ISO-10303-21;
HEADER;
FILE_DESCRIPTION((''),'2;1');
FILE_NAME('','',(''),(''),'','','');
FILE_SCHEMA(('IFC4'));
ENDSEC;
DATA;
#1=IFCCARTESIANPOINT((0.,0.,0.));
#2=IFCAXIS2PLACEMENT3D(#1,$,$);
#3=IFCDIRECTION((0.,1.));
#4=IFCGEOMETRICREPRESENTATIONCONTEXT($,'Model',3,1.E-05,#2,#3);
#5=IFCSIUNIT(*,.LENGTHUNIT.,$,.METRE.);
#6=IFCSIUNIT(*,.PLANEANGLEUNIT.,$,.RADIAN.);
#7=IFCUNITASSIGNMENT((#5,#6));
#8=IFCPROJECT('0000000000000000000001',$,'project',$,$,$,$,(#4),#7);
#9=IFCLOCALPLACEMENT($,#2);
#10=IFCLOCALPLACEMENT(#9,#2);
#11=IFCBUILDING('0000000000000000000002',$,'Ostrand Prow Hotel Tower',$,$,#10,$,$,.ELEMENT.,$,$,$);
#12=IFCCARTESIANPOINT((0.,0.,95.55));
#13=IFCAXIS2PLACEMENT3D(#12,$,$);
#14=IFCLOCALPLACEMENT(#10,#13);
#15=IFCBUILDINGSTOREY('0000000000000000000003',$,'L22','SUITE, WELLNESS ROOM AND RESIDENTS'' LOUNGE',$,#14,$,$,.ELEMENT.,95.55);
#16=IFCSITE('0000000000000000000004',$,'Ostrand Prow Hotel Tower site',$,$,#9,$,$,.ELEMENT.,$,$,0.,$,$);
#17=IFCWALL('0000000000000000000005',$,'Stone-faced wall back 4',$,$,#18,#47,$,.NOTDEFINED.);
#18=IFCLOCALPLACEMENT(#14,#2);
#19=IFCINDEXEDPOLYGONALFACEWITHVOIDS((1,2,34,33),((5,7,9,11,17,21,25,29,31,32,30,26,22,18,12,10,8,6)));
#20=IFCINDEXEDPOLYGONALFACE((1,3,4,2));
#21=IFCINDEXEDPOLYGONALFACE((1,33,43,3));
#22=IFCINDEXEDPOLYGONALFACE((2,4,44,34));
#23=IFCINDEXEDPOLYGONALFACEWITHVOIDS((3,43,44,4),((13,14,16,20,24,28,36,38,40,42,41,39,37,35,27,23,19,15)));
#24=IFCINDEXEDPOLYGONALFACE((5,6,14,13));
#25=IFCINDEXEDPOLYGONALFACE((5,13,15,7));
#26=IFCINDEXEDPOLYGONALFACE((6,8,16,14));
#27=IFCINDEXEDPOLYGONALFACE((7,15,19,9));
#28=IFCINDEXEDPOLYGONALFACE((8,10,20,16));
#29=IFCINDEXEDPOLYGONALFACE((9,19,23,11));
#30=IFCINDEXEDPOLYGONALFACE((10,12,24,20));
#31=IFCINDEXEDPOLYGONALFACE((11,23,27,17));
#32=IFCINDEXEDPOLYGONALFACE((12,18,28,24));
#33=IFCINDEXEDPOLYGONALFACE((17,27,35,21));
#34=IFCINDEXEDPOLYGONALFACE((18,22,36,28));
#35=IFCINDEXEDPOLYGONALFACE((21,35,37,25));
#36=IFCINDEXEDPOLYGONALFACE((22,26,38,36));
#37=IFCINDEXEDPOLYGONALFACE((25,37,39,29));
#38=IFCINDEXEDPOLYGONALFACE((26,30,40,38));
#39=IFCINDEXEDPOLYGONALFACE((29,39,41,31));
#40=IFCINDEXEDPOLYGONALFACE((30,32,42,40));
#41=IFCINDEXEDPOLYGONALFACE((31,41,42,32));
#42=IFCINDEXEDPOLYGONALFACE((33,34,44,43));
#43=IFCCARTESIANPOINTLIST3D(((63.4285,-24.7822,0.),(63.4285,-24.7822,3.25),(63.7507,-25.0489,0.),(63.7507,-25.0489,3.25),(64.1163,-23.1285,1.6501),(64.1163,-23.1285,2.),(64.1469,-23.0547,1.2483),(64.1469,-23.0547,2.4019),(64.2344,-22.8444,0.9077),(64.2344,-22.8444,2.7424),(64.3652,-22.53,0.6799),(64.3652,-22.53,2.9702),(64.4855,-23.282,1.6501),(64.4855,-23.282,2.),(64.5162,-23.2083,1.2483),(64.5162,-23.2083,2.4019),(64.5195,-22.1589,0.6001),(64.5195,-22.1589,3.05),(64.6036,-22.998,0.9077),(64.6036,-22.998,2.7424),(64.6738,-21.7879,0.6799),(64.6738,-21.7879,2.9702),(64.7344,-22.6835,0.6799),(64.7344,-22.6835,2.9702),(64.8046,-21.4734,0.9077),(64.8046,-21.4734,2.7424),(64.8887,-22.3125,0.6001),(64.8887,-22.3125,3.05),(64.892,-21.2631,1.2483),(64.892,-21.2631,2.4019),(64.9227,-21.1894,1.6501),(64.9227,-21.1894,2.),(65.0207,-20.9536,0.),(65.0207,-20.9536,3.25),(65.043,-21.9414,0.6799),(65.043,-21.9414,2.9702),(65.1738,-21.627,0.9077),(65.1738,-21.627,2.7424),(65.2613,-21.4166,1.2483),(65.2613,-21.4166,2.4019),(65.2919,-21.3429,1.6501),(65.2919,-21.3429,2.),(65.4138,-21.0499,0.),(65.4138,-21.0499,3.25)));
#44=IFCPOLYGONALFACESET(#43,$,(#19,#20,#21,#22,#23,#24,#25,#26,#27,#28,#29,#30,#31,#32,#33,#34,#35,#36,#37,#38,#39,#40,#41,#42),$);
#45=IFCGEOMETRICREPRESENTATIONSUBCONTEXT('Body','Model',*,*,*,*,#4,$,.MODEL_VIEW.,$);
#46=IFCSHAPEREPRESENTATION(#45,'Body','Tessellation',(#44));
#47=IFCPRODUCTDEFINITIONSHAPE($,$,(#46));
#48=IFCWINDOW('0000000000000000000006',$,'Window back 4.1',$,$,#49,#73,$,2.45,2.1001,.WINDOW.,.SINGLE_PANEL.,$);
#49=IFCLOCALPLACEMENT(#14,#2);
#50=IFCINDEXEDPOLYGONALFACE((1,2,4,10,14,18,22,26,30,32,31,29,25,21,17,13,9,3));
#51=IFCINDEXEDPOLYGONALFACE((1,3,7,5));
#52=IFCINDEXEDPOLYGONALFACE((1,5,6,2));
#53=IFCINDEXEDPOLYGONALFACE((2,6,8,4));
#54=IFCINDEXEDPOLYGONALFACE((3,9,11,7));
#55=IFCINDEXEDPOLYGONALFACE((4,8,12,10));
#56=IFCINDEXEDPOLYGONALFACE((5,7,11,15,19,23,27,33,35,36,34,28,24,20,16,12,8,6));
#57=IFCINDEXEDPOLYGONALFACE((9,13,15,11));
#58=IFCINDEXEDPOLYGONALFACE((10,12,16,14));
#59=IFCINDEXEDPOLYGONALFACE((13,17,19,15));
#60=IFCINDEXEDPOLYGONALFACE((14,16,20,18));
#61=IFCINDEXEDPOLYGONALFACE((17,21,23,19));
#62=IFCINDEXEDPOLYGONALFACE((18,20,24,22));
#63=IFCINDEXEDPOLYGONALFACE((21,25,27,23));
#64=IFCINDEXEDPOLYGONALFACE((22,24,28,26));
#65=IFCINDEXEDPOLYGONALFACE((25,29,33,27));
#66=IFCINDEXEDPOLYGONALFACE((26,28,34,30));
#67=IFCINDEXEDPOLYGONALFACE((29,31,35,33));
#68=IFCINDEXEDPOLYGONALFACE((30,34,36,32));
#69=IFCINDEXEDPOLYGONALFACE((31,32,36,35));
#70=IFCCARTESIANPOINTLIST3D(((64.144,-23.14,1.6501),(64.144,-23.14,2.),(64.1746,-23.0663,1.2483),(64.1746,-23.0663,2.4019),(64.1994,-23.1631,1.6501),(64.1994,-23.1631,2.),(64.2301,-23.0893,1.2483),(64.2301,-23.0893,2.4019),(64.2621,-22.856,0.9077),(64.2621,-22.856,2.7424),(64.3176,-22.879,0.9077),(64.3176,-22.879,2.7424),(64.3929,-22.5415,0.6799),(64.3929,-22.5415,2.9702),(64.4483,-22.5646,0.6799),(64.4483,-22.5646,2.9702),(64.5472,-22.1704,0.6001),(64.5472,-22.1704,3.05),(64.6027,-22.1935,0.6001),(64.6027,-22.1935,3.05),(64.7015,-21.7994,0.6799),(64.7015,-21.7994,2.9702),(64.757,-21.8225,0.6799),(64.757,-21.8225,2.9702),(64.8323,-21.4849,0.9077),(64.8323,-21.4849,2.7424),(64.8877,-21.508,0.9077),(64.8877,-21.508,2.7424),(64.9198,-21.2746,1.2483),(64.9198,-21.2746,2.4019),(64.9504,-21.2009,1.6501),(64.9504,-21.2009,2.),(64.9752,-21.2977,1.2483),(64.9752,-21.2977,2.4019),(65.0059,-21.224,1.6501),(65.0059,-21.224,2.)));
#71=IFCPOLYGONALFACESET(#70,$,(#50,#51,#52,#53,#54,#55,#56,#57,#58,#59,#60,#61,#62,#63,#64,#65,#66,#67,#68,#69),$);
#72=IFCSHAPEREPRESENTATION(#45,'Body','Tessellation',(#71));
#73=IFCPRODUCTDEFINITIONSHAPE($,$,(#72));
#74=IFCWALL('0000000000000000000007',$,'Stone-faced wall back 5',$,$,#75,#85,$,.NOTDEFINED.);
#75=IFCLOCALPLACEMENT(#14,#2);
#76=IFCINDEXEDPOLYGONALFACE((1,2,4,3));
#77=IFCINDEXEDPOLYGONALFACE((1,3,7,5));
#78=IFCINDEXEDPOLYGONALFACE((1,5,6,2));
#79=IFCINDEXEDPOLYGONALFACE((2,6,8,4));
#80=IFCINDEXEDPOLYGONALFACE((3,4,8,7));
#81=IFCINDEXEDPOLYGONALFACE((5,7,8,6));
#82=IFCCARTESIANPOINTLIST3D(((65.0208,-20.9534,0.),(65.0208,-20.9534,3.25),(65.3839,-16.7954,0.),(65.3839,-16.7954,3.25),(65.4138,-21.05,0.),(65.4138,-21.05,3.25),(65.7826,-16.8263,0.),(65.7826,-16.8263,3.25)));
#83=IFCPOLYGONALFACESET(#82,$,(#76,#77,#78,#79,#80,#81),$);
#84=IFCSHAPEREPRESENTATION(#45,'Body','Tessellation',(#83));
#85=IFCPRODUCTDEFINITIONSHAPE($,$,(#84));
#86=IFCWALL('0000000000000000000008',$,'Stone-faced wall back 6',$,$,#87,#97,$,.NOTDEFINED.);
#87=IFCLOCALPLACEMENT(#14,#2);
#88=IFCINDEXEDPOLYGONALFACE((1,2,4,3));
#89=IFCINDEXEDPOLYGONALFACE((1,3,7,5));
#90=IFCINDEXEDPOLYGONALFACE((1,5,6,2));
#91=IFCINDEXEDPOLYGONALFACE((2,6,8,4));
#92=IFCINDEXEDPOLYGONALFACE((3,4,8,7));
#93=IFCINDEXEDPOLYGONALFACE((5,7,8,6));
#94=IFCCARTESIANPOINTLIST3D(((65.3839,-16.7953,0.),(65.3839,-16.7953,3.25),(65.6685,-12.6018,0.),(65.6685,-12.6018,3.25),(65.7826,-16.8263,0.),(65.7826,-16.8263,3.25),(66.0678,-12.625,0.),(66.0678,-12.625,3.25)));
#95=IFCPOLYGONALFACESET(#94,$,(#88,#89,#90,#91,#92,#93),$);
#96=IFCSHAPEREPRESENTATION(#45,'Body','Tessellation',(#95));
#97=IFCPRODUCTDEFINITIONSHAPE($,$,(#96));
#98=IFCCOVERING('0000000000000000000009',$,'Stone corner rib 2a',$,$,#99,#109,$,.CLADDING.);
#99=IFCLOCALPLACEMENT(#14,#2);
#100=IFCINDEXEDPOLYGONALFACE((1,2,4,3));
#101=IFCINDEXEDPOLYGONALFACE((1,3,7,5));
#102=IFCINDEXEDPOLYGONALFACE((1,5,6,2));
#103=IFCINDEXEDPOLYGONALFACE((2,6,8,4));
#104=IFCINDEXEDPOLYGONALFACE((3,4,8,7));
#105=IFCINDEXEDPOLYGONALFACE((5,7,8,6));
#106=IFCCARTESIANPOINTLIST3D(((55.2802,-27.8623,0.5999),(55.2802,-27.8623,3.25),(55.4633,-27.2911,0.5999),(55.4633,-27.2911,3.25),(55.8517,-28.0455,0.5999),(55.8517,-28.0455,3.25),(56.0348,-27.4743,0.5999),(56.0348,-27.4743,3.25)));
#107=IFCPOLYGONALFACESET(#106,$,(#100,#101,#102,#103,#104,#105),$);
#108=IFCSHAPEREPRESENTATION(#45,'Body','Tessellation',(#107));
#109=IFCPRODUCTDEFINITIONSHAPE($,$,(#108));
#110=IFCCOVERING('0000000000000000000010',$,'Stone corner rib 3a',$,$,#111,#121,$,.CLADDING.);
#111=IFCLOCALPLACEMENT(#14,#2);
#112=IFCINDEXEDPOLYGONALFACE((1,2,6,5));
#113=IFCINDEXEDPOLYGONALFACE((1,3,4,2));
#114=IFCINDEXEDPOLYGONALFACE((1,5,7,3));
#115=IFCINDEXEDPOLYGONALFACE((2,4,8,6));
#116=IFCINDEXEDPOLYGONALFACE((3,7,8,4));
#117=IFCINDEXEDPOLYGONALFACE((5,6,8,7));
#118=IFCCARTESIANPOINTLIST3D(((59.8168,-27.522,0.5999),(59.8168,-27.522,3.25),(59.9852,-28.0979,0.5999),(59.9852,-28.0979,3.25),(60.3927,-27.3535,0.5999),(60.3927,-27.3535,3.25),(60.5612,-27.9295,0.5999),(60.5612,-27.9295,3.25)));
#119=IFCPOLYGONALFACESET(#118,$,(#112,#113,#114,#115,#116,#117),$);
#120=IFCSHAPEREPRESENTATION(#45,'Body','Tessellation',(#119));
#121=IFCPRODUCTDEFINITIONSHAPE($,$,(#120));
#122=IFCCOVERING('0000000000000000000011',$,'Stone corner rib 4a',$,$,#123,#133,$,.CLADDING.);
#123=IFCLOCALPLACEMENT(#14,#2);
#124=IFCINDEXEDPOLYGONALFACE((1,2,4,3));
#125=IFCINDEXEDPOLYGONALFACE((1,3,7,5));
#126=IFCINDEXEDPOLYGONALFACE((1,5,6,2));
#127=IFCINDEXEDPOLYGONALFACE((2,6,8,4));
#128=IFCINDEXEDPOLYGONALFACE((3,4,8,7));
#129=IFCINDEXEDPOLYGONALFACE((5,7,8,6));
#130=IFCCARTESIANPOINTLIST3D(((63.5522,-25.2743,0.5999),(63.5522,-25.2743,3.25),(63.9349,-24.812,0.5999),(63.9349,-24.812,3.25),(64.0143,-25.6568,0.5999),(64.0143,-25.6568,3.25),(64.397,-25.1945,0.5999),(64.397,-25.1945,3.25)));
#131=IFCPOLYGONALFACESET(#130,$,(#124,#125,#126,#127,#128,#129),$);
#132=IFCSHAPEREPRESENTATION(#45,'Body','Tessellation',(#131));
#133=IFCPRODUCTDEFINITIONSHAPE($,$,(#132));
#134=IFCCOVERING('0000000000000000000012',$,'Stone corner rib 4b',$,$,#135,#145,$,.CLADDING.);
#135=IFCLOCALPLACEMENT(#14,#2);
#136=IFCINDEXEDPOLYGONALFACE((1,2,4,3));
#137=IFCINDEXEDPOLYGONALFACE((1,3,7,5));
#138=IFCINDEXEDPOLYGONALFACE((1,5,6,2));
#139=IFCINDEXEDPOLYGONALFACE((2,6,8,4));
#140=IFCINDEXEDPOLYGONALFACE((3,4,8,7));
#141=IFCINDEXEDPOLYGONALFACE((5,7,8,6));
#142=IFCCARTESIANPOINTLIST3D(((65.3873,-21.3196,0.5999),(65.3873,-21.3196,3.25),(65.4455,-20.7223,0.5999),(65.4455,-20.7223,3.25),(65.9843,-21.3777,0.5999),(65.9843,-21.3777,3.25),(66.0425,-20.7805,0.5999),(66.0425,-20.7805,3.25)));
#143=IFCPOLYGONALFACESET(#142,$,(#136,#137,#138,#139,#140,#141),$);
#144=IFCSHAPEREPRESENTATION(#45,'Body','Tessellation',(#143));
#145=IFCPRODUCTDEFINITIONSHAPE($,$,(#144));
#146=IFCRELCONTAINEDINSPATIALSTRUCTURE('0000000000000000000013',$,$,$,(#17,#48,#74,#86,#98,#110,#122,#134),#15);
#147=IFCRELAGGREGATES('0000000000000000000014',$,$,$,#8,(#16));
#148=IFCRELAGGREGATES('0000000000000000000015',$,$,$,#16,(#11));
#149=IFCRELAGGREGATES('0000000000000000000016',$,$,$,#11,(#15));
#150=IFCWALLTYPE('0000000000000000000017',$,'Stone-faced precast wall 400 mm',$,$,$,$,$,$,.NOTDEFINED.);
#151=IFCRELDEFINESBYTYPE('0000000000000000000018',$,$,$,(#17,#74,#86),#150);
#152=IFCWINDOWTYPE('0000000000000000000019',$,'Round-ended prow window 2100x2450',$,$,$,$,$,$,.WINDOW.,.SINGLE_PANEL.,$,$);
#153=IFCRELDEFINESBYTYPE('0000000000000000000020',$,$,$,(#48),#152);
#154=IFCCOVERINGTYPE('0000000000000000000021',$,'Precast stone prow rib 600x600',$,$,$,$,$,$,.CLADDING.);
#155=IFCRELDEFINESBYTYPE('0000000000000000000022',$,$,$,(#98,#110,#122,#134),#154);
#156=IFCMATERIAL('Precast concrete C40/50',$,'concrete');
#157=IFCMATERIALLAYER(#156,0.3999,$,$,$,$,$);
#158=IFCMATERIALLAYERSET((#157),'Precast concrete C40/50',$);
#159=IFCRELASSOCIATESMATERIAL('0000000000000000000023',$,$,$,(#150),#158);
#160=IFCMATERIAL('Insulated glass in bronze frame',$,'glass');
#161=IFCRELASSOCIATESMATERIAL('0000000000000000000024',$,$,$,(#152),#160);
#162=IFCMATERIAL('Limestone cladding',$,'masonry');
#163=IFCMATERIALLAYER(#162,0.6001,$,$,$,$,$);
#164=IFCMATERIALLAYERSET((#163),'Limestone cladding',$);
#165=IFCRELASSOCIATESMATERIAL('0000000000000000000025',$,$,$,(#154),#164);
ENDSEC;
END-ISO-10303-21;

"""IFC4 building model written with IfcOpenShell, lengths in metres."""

from ifc_helpers import new_model, si_unit, direction, frame, frame_2d, origin, place, context, subcontext, project, spatial, polyline, rectangle, outline, extrude, material, layer, layer_set, type_object, element, fill, save


model = new_model("IFC4")

# Units and contexts
model_context = context("Model", 3, precision=1e-05, world=origin(), true_north=direction((0.0, 1.0)))
body_context = subcontext(model_context, "Body", "Model", "MODEL_VIEW")
ifc_project = project(units=[si_unit("LENGTHUNIT", "METRE"), si_unit("PLANEANGLEUNIT", "RADIAN")], contexts=[model_context])

# Site, building, storey
site_placement = place(None, origin())
site = spatial("IfcSite", under=ifc_project, at=site_placement, Name="Ostrand Prow Hotel Tower site", CompositionType="ELEMENT", RefElevation=0.0)
building_placement = place(site_placement, origin())
building = spatial("IfcBuilding", under=site, at=building_placement, Name="Ostrand Prow Hotel Tower", CompositionType="ELEMENT")
storey_placement = place(building_placement, frame((0.0, 0.0, 95.55)))
storey = spatial("IfcBuildingStorey", under=building, at=storey_placement, Name="L22", Description="SUITE, WELLNESS ROOM AND RESIDENTS' LOUNGE", CompositionType="ELEMENT", Elevation=95.55)

# Wall, opening, window
ifc_material_1 = material(Name="Precast concrete C40/50", Category="concrete")
ifc_layer_1 = layer(ifc_material_1, 0.3999)
ifc_layer_set_1 = layer_set([ifc_layer_1], Name="Precast concrete C40/50")
wall_type_1 = type_object("IfcWallType", Name="Stone-faced precast wall 400 mm", PredefinedType="NOTDEFINED", material=ifc_layer_set_1)
wall_1_placement = place(storey_placement, frame((63.5896, -24.9155, 0.0), z_axis=(0.0, 0.0, 1.0), x_axis=(0.383998, 0.923334, 0.0)))
wall_1 = element("IfcWall", 1, at=wall_1_placement, inside=storey, type_object=wall_type_1, Name="Stone-faced wall back 4", PredefinedType="NOTDEFINED", context=body_context, shape_type="SweptSolid", body=[
    extrude(outline(polyline([(-0.0613, -0.2), (4.2698, -0.2), (4.2078, 0.2), (0.0613, 0.2), (-0.0613, -0.2)])), origin(), (0.0, 0.0, 1.0), 3.25),
])
opening_1_placement = place(wall_1_placement, frame((1.8523, 0.0, 0.6001)))
opening_1 = element("IfcOpeningElement", 2, at=opening_1_placement, cuts=wall_1, PredefinedType="OPENING", context=body_context, shape_type="SweptSolid", body=[
    extrude(outline(polyline([(0.0, 1.3999), (0.0798, 1.8018), (0.3076, 2.1423), (0.6482, 2.3701), (1.05, 2.45), (1.4519, 2.3701), (1.7925, 2.1423), (2.0203, 1.8018), (2.1001, 1.3999), (2.1001, 1.05), (2.0203, 0.6482), (1.7925, 0.3076), (1.4519, 0.0798), (1.05, 0.0), (0.6482, 0.0798), (0.3076, 0.3076), (0.0798, 0.6482), (0.0, 1.05), (0.0, 1.3999)])), frame((0.0, 0.21, 0.0), z_axis=(0.0, -1.0, 0.0), x_axis=(1.0, 0.0, 0.0)), (0.0, 0.0, 1.0), 0.4199),
])
ifc_material_2 = material(Name="Insulated glass in bronze frame", Category="glass")
window_type_1 = type_object("IfcWindowType", Name="Round-ended prow window 2100x2450", PartitioningType="SINGLE_PANEL", PredefinedType="WINDOW", material=ifc_material_2)
window_1_placement = place(opening_1_placement, origin())
window_1 = element("IfcWindow", 3, at=window_1_placement, inside=storey, type_object=window_type_1, Name="Window back 4.1", OverallHeight=2.45, OverallWidth=2.1001, PartitioningType="SINGLE_PANEL", PredefinedType="WINDOW", context=body_context, shape_type="SweptSolid", body=[
    extrude(outline(polyline([(0.0, 1.3999), (0.0798, 1.8018), (0.3076, 2.1423), (0.6482, 2.3701), (1.05, 2.45), (1.4519, 2.3701), (1.7925, 2.1423), (2.0203, 1.8018), (2.1001, 1.3999), (2.1001, 1.05), (2.0203, 0.6482), (1.7925, 0.3076), (1.4519, 0.0798), (1.05, 0.0), (0.6482, 0.0798), (0.3076, 0.3076), (0.0798, 0.6482), (0.0, 1.05), (0.0, 1.3999)])), frame((0.0, 0.1699, 0.0), z_axis=(0.0, -1.0, 0.0), x_axis=(1.0, 0.0, 0.0)), (0.0, 0.0, 1.0), 0.0601),
])
fill(opening_1, window_1)

# Walls
wall_2_placement = place(storey_placement, frame((65.2173, -21.0017, 0.0), z_axis=(0.0, 0.0, 1.0), x_axis=(0.086993, 0.996209, 0.0)))
element("IfcWall", 4, at=wall_2_placement, inside=storey, type_object=wall_type_1, Name="Stone-faced wall back 5", PredefinedType="NOTDEFINED", context=body_context, shape_type="SweptSolid", body=[
    extrude(outline(polyline([(-0.031, -0.2), (4.2087, -0.2), (4.2048, 0.2), (0.031, 0.2), (-0.031, -0.2)])), origin(), (0.0, 0.0, 1.0), 3.25),
])
wall_3_placement = place(storey_placement, frame((65.5833, -16.8108, 0.0), z_axis=(0.0, 0.0, 1.0), x_axis=(0.067725, 0.997704, 0.0)))
element("IfcWall", 5, at=wall_3_placement, inside=storey, type_object=wall_type_1, Name="Stone-faced wall back 6", PredefinedType="NOTDEFINED", context=body_context, shape_type="SweptSolid", body=[
    extrude(outline(polyline([(-0.002, -0.2), (4.209, -0.2), (4.2051, 0.2), (0.002, 0.2), (-0.002, -0.2)])), origin(), (0.0, 0.0, 1.0), 3.25),
])

# Coverings
ifc_material_3 = material(Name="Limestone cladding", Category="masonry")
ifc_layer_2 = layer(ifc_material_3, 0.6001)
ifc_layer_set_2 = layer_set([ifc_layer_2], Name="Limestone cladding")
covering_type = type_object("IfcCoveringType", Name="Precast stone prow rib 600x600", PredefinedType="CLADDING", material=ifc_layer_set_2)
covering_1_placement = place(storey_placement, frame((55.749, -27.3828, 0.5999), z_axis=(0.0, 0.0, 1.0), x_axis=(-0.305219, -0.952282, 0.0)))
element("IfcCovering", 6, at=covering_1_placement, inside=storey, type_object=covering_type, Name="Stone corner rib 2a", PredefinedType="CLADDING", context=body_context, shape_type="SweptSolid", body=[
    extrude(rectangle(XDim=0.5999, YDim=0.6001, at=frame_2d((0.2998, 0.0))), origin(), (0.0, 0.0, 1.0), 2.6501),
])
covering_2_placement = place(storey_placement, frame((60.1047, -27.4377, 0.5999), z_axis=(0.0, 0.0, 1.0), x_axis=(0.280734, -0.959786, 0.0)))
element("IfcCovering", 7, at=covering_2_placement, inside=storey, type_object=covering_type, Name="Stone corner rib 3a", PredefinedType="CLADDING", context=body_context, shape_type="SweptSolid", body=[
    extrude(rectangle(XDim=0.6001, YDim=0.6001, at=frame_2d((0.3, 0.0))), origin(), (0.0, 0.0, 1.0), 2.6501),
])
for number, where, z_axis, x_axis, name in (
    (8, (63.7437, -25.0432, 0.5999), (0.0, 0.0, 1.0), (0.770319, -0.637659, 0.0), "Stone corner rib 4a"),
    (9, (65.4165, -21.021, 0.5999), (0.0, 0.0, 1.0), (0.995296, -0.096884, 0.0), "Stone corner rib 4b"),
):
    element("IfcCovering", number, at=place(storey_placement, frame(where, z_axis=z_axis, x_axis=x_axis)), inside=storey, type_object=covering_type, Name=name, PredefinedType="CLADDING", context=body_context, shape_type="SweptSolid", body=[
        extrude(rectangle(XDim=0.5999, YDim=0.6001, at=frame_2d((0.2998, 0.0))), origin(), (0.0, 0.0, 1.0), 2.6501),
    ])

save(model, "model.ifc")
